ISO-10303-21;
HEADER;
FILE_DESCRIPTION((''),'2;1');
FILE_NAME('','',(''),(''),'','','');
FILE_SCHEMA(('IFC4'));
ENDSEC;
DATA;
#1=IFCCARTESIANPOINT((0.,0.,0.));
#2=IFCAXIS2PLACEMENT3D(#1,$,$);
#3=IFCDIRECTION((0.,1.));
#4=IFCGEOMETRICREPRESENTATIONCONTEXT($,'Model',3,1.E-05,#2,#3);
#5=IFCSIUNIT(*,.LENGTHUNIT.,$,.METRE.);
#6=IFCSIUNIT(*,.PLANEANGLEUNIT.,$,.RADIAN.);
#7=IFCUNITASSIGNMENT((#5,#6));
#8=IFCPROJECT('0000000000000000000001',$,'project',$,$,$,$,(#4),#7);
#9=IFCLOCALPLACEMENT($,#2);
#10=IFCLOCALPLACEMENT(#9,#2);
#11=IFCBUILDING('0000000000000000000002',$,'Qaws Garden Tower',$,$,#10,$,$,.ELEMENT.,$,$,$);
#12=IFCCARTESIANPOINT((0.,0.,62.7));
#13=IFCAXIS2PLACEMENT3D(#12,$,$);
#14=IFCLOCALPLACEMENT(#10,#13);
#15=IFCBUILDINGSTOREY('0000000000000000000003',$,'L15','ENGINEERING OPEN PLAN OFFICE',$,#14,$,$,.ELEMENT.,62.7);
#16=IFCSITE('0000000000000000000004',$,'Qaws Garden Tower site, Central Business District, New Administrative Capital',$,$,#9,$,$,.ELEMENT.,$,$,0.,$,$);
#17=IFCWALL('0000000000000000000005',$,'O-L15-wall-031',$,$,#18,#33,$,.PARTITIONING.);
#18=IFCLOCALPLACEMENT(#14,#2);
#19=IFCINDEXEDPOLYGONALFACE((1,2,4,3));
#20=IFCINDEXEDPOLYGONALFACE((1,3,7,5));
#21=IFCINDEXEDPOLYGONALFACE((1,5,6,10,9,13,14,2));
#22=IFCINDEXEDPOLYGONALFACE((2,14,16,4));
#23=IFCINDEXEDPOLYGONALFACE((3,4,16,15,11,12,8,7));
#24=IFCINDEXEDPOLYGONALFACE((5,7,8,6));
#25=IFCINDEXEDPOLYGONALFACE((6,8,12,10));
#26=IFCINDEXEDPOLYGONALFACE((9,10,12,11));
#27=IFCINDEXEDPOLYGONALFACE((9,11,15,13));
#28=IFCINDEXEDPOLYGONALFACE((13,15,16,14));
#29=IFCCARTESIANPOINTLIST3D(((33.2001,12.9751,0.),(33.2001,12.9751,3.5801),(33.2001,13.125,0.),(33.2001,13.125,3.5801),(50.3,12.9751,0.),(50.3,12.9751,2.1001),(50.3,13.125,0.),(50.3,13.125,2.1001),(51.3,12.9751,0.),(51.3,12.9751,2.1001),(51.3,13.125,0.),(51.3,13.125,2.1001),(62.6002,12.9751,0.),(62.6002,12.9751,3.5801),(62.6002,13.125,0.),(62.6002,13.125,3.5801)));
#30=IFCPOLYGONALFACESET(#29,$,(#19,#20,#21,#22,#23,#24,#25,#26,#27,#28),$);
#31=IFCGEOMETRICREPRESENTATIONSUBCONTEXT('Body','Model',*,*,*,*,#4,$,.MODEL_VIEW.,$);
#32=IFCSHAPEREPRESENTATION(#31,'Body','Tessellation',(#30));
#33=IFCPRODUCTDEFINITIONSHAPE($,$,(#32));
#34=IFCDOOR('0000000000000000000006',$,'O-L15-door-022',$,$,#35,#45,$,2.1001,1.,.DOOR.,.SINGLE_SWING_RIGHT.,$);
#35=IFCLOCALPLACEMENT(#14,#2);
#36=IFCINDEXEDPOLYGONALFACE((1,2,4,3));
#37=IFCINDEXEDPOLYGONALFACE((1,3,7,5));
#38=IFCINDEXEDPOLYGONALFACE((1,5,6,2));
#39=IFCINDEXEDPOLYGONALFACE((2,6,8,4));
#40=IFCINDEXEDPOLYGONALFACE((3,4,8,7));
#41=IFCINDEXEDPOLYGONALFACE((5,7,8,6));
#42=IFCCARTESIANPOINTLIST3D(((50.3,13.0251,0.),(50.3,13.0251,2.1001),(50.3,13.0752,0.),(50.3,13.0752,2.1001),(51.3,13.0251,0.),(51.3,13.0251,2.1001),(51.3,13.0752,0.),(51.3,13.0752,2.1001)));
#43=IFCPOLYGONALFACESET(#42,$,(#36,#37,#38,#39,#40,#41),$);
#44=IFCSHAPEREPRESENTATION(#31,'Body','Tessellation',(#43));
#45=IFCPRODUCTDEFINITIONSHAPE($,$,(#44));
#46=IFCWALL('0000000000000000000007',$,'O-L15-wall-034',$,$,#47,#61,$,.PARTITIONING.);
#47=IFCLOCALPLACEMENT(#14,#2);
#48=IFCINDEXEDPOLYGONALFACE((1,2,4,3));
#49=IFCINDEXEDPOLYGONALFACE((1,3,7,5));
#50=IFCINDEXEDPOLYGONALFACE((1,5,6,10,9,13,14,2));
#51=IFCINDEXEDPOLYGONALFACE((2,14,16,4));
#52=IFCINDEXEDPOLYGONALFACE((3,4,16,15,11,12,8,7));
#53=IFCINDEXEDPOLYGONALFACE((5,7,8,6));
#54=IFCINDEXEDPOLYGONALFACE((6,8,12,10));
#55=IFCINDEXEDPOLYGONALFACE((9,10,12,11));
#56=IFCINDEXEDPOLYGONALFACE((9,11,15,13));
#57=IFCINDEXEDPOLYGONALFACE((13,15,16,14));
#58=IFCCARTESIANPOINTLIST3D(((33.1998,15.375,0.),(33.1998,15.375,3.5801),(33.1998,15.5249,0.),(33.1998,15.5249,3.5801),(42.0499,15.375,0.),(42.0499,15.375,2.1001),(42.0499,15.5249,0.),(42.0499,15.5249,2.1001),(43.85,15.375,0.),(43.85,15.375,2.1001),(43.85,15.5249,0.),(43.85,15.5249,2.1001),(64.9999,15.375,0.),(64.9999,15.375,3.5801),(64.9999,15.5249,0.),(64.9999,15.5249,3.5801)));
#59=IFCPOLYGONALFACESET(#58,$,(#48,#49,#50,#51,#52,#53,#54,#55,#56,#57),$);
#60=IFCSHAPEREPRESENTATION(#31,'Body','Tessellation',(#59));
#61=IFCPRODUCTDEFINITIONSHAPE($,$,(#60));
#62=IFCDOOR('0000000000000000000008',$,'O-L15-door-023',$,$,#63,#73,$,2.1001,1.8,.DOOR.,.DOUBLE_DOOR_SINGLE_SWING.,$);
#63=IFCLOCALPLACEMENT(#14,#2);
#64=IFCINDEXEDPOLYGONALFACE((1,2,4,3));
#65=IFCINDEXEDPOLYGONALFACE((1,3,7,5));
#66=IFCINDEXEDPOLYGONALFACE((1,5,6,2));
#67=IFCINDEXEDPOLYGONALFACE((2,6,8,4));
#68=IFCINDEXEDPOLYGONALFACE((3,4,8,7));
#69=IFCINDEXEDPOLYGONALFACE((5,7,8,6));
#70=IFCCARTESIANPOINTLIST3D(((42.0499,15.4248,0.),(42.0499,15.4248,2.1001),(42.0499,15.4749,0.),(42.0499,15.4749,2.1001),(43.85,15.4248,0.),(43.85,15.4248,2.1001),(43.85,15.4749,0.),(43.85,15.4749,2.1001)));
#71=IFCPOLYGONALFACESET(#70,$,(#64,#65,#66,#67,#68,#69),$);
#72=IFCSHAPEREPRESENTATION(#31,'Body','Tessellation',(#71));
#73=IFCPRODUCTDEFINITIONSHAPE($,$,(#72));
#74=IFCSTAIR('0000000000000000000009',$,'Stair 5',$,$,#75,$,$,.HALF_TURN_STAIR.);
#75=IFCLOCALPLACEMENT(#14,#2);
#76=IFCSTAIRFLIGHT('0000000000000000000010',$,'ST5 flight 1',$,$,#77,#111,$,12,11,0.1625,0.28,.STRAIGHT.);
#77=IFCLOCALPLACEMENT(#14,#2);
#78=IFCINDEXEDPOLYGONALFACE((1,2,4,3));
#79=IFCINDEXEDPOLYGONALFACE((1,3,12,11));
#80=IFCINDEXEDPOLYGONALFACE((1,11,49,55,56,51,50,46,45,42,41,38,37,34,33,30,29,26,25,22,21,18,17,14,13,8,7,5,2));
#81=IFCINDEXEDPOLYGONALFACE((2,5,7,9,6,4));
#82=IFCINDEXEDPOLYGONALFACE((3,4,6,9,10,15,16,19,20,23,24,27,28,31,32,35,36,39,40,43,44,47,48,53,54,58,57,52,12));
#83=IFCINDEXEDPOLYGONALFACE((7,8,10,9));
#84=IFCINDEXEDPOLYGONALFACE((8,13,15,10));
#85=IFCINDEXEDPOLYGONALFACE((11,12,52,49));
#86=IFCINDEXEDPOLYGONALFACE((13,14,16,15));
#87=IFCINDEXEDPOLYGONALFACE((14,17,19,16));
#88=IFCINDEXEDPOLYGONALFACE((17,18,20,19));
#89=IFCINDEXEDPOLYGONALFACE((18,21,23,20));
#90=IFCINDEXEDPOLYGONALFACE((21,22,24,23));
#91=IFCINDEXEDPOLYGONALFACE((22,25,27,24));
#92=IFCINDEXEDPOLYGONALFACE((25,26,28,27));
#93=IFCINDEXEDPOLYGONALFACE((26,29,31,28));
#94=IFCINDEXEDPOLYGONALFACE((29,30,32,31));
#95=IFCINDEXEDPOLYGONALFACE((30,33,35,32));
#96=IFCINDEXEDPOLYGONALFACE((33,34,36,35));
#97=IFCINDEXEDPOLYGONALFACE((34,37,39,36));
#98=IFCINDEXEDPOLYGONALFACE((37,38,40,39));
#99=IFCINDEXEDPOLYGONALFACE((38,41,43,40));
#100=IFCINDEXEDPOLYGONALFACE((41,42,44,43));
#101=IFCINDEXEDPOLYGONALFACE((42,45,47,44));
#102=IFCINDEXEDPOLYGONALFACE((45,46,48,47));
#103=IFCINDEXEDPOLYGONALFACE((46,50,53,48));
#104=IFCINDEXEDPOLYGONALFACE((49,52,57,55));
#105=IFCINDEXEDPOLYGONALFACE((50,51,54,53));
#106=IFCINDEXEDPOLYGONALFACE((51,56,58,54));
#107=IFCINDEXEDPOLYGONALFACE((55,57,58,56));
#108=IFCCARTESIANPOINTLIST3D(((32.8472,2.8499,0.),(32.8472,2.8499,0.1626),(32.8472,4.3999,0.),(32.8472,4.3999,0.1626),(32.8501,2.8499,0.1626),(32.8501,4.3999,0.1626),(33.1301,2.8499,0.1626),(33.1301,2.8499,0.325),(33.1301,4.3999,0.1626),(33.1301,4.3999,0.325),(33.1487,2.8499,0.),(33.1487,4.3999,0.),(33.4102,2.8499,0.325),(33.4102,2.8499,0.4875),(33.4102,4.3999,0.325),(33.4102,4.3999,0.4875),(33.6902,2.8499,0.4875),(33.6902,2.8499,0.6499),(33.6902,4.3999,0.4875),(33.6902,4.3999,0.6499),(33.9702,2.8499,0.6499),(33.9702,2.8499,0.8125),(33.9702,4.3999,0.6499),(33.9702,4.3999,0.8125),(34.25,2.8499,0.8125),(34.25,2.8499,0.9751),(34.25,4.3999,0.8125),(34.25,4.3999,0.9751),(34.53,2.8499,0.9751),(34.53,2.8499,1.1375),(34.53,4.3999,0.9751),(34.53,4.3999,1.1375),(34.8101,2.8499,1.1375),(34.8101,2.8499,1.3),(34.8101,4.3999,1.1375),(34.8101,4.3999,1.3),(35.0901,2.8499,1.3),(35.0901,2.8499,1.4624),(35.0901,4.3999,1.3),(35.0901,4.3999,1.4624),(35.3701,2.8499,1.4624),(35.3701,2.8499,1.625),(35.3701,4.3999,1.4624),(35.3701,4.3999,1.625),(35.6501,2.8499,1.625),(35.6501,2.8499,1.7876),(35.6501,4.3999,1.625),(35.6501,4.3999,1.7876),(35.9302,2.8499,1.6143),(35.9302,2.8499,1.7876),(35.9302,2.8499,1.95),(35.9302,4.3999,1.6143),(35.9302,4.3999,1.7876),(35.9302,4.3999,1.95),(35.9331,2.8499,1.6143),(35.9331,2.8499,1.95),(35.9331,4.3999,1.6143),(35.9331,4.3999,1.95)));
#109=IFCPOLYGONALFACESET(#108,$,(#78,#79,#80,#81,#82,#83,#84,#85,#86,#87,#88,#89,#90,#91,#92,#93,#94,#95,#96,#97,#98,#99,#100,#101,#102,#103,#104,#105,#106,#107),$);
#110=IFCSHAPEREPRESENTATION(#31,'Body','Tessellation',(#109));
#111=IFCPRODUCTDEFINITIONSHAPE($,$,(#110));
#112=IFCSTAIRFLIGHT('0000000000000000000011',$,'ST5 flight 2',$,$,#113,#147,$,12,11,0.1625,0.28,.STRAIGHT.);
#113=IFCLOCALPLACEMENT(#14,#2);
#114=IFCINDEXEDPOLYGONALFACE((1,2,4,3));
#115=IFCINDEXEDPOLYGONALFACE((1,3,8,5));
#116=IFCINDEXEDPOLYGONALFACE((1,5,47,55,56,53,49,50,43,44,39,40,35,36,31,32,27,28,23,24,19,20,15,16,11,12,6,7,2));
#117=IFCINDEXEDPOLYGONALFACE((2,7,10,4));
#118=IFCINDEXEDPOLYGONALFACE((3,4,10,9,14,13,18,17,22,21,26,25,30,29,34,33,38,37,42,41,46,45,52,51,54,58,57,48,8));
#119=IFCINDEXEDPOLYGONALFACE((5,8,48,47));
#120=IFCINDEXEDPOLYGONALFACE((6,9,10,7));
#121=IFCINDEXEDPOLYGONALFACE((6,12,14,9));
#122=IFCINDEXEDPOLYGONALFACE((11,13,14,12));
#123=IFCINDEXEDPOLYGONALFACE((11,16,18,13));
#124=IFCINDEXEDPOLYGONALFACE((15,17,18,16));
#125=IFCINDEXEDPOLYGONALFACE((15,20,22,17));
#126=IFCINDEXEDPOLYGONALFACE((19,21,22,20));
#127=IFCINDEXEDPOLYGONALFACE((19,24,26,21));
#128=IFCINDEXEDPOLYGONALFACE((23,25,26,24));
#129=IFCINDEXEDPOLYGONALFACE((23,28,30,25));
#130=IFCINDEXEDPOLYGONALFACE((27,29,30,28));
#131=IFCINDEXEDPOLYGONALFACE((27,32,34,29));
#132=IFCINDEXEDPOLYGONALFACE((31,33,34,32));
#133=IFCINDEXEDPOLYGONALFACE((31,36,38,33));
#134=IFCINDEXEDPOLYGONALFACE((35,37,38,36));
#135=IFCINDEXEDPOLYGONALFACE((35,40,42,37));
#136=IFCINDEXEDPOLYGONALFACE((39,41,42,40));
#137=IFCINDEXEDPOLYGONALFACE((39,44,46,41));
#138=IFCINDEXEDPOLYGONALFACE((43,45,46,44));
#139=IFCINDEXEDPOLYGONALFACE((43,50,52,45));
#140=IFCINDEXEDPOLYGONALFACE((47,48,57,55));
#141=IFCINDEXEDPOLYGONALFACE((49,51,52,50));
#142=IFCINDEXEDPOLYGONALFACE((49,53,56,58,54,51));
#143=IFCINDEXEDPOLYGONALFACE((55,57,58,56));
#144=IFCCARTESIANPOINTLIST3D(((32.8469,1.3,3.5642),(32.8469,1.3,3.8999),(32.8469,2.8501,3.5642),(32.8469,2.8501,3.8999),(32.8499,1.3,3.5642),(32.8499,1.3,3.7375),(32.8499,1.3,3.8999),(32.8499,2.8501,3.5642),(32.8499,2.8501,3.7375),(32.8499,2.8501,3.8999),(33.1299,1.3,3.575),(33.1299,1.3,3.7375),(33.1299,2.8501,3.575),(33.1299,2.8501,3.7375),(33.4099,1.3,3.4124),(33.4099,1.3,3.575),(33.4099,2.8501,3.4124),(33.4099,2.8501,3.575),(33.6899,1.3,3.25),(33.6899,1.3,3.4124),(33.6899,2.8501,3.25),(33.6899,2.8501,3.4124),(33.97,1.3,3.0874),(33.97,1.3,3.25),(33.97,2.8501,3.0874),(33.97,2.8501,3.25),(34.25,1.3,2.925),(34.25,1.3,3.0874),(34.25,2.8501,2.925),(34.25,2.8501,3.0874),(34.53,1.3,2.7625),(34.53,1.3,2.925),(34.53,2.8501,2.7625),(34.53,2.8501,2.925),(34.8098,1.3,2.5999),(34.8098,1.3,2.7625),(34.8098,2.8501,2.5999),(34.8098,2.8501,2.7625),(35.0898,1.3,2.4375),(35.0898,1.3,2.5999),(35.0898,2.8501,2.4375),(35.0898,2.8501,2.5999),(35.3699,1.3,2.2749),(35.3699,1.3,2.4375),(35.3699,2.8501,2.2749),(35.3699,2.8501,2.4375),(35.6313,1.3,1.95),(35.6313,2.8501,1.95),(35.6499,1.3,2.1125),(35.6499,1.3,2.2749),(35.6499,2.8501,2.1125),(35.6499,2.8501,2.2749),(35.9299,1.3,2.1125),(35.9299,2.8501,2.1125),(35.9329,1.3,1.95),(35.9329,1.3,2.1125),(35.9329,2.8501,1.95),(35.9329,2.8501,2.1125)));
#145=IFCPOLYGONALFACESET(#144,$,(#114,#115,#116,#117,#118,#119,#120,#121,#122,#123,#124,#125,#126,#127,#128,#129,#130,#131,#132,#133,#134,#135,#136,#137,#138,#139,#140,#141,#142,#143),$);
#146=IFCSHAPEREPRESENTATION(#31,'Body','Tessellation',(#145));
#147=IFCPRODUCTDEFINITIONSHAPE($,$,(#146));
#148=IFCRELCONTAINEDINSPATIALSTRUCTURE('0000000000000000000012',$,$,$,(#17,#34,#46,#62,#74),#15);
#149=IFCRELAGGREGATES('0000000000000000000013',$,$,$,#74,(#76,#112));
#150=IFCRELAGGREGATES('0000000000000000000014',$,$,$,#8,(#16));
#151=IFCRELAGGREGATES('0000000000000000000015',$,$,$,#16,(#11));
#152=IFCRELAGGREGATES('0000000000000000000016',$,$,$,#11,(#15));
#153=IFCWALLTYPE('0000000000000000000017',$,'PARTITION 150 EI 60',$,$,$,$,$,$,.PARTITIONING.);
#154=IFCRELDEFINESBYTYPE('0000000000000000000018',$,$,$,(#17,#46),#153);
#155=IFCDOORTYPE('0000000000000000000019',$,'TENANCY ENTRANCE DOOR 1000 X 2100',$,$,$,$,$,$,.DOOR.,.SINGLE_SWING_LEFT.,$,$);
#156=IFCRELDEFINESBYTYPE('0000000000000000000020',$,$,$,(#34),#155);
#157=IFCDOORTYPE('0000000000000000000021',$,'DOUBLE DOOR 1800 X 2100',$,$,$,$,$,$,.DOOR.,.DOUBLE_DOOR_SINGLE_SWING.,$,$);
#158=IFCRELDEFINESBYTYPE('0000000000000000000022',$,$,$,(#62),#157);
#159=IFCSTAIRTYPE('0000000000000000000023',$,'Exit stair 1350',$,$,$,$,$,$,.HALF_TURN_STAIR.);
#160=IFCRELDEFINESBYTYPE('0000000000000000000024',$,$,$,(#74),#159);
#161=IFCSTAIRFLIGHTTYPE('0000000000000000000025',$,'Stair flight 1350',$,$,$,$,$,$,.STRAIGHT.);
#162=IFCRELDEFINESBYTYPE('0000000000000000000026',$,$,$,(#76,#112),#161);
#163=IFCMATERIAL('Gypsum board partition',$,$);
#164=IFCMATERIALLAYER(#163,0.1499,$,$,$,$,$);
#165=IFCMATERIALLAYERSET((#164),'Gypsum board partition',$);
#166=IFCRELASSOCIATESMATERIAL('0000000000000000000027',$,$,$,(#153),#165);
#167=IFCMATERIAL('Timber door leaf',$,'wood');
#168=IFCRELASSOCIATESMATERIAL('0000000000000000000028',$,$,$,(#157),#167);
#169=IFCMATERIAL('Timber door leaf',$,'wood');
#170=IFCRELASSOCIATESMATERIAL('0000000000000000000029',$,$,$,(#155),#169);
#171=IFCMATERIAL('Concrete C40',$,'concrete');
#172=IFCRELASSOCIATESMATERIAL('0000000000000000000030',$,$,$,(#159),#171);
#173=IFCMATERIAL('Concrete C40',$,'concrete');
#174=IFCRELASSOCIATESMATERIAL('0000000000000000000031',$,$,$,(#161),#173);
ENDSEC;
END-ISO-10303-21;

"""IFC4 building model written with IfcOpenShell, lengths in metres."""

from ifc_helpers import new_model, si_unit, direction, frame, frame_2d, origin, place, context, subcontext, project, spatial, polyline, rectangle, outline, extrude, material, layer, layer_set, type_object, element, fill, aggregate, save


model = new_model("IFC4")

# Units and contexts
model_context = context("Model", 3, precision=1e-05, world=origin(), true_north=direction((0.0, 1.0)))
body_context = subcontext(model_context, "Body", "Model", "MODEL_VIEW")
ifc_project = project(units=[si_unit("LENGTHUNIT", "METRE"), si_unit("PLANEANGLEUNIT", "RADIAN")], contexts=[model_context])

# Site, building, storey
site_placement = place(None, origin())
site = spatial("IfcSite", under=ifc_project, at=site_placement, Name="Qaws Garden Tower site, Central Business District, New Administrative Capital", CompositionType="ELEMENT", RefElevation=0.0)
building_placement = place(site_placement, origin())
building = spatial("IfcBuilding", under=site, at=building_placement, Name="Qaws Garden Tower", CompositionType="ELEMENT")
storey_placement = place(building_placement, frame((0.0, 0.0, 62.7)))
storey = spatial("IfcBuildingStorey", under=building, at=storey_placement, Name="L15", Description="ENGINEERING OPEN PLAN OFFICE", CompositionType="ELEMENT", Elevation=62.7)

# Shared definitions
ifc_material_1 = material(Name="Gypsum board partition")
ifc_layer_1 = layer(ifc_material_1, 0.1499)
ifc_layer_set_1 = layer_set([ifc_layer_1], Name="Gypsum board partition")
wall_type_1 = type_object("IfcWallType", Name="PARTITION 150 EI 60", PredefinedType="PARTITIONING", material=ifc_layer_set_1)

# Shared definitions
ifc_material_2 = material(Name="Timber door leaf", Category="wood")
door_type_1 = type_object("IfcDoorType", Name="DOUBLE DOOR 1800 X 2100", OperationType="DOUBLE_DOOR_SINGLE_SWING", PredefinedType="DOOR", material=ifc_material_2)

# Walls, openings, doors
wall_1_placement = place(storey_placement, frame((33.2, 13.05, 0.0), z_axis=(0.0, 0.0, 1.0), x_axis=(1.0, 0.0, 0.0)))
wall_1 = element("IfcWall", 1, at=wall_1_placement, inside=storey, type_object=wall_type_1, Name="O-L15-wall-031", PredefinedType="PARTITIONING", context=body_context, shape_type="SweptSolid", body=[
    extrude(rectangle(XDim=29.4001, YDim=0.1499, at=frame_2d((14.7002, 0.0))), origin(), (0.0, 0.0, 1.0), 3.5801),
])
opening_1_placement = place(wall_1_placement, frame((17.1001, 0.0, 0.0)))
opening_1 = element("IfcOpeningElement", 2, at=opening_1_placement, cuts=wall_1, PredefinedType="OPENING", context=body_context, shape_type="SweptSolid", body=[
    extrude(rectangle(XDim=1.0, YDim=2.1001, at=frame_2d((0.5, 1.05))), frame((0.0, 0.085, 0.0), z_axis=(0.0, -1.0, 0.0), x_axis=(1.0, 0.0, 0.0)), (0.0, 0.0, 1.0), 0.1699),
])
ifc_material_3 = material(Name="Timber door leaf", Category="wood")
door_type_2 = type_object("IfcDoorType", Name="TENANCY ENTRANCE DOOR 1000 X 2100", OperationType="SINGLE_SWING_LEFT", PredefinedType="DOOR", material=ifc_material_3)
door_1_placement = place(opening_1_placement, frame((1.0, 0.0, 0.0), z_axis=(0.0, 0.0, 1.0), x_axis=(-1.0, 0.0, 0.0)))
door_1 = element("IfcDoor", 3, at=door_1_placement, inside=storey, type_object=door_type_2, Name="O-L15-door-022", OperationType="SINGLE_SWING_RIGHT", OverallHeight=2.1001, OverallWidth=1.0, PredefinedType="DOOR", context=body_context, shape_type="SweptSolid", body=[
    extrude(rectangle(XDim=1.0, YDim=2.1001, at=frame_2d((0.5, 1.05))), frame((0.0, 0.0249, 0.0), z_axis=(0.0, -1.0, 0.0), x_axis=(1.0, 0.0, 0.0)), (0.0, 0.0, 1.0), 0.05),
])
fill(opening_1, door_1)
wall_2_placement = place(storey_placement, frame((33.2, 15.45, 0.0), z_axis=(0.0, 0.0, 1.0), x_axis=(1.0, 0.0, 0.0)))
wall_2 = element("IfcWall", 4, at=wall_2_placement, inside=storey, type_object=wall_type_1, Name="O-L15-wall-034", PredefinedType="PARTITIONING", context=body_context, shape_type="SweptSolid", body=[
    extrude(rectangle(XDim=31.8, YDim=0.1499, at=frame_2d((15.8999, 0.0))), origin(), (0.0, 0.0, 1.0), 3.5801),
])
opening_2_placement = place(wall_2_placement, frame((8.8501, 0.0, 0.0)))
opening_2 = element("IfcOpeningElement", 5, at=opening_2_placement, cuts=wall_2, PredefinedType="OPENING", context=body_context, shape_type="SweptSolid", body=[
    extrude(rectangle(XDim=1.8, YDim=2.1001, at=frame_2d((0.8999, 1.05))), frame((0.0, 0.085, 0.0), z_axis=(0.0, -1.0, 0.0), x_axis=(1.0, 0.0, 0.0)), (0.0, 0.0, 1.0), 0.1699),
])
door_2_placement = place(opening_2_placement, origin())
door_2 = element("IfcDoor", 6, at=door_2_placement, inside=storey, type_object=door_type_1, Name="O-L15-door-023", OperationType="DOUBLE_DOOR_SINGLE_SWING", OverallHeight=2.1001, OverallWidth=1.8, PredefinedType="DOOR", context=body_context, shape_type="SweptSolid", body=[
    extrude(rectangle(XDim=1.8, YDim=2.1001, at=frame_2d((0.8999, 1.05))), frame((0.0, 0.0249, 0.0), z_axis=(0.0, -1.0, 0.0), x_axis=(1.0, 0.0, 0.0)), (0.0, 0.0, 1.0), 0.05),
])
fill(opening_2, door_2)

# Stair, stair flights
ifc_material_4 = material(Name="Concrete C40", Category="concrete")
stair_type = type_object("IfcStairType", Name="Exit stair 1350", PredefinedType="HALF_TURN_STAIR", material=ifc_material_4)
stair_placement = place(storey_placement, origin())
stair = element("IfcStair", 7, at=stair_placement, inside=storey, type_object=stair_type, Name="Stair 5", PredefinedType="HALF_TURN_STAIR")
ifc_material_5 = material(Name="Concrete C40", Category="concrete")
stair_flight_type = type_object("IfcStairFlightType", Name="Stair flight 1350", PredefinedType="STRAIGHT", material=ifc_material_5)
stair_flight_1_placement = place(storey_placement, frame((32.8501, 3.625, 0.0), z_axis=(0.0, 0.0, 1.0), x_axis=(1.0, 0.0, 0.0)))
stair_flight_1 = element("IfcStairFlight", 8, at=stair_flight_1_placement, type_object=stair_flight_type, Name="ST5 flight 1", NumberOfRisers=12, NumberOfTreads=11, PredefinedType="STRAIGHT", RiserHeight=0.1625, TreadLength=0.28, context=body_context, shape_type="SweptSolid", body=[
    extrude(outline(polyline([(-0.0029, 0.0), (-0.0029, 0.1626), (0.0, 0.1626), (0.28, 0.1626), (0.28, 0.325), (0.5601, 0.325), (0.5601, 0.4875), (0.8401, 0.4875), (0.8401, 0.6499), (1.1201, 0.6499), (1.1201, 0.8125), (1.3999, 0.8125), (1.3999, 0.9751), (1.6799, 0.9751), (1.6799, 1.1375), (1.96, 1.1375), (1.96, 1.3), (2.24, 1.3), (2.24, 1.4624), (2.52, 1.4624), (2.52, 1.625), (2.8, 1.625), (2.8, 1.7876), (3.0801, 1.7876), (3.0801, 1.95), (3.083, 1.95), (3.083, 1.6143), (3.0801, 1.6143), (0.2986, 0.0), (-0.0029, 0.0)])), frame((0.0, 0.7749, 0.0), z_axis=(0.0, -1.0, 0.0), x_axis=(1.0, 0.0, 0.0)), (0.0, 0.0, 1.0), 1.55),
])
stair_flight_2_placement = place(storey_placement, frame((35.9299, 2.075, 1.95), z_axis=(0.0, 0.0, 1.0), x_axis=(-1.0, 0.0, 0.0)))
stair_flight_2 = element("IfcStairFlight", 9, at=stair_flight_2_placement, type_object=stair_flight_type, Name="ST5 flight 2", NumberOfRisers=12, NumberOfTreads=11, PredefinedType="STRAIGHT", RiserHeight=0.1625, TreadLength=0.28, context=body_context, shape_type="SweptSolid", body=[
    extrude(outline(polyline([(-0.0029, 0.0), (-0.0029, 0.1626), (0.0, 0.1626), (0.28, 0.1626), (0.28, 0.325), (0.5601, 0.325), (0.5601, 0.4875), (0.8401, 0.4875), (0.8401, 0.6499), (1.1201, 0.6499), (1.1201, 0.8125), (1.3999, 0.8125), (1.3999, 0.9751), (1.6799, 0.9751), (1.6799, 1.1375), (1.96, 1.1375), (1.96, 1.3), (2.24, 1.3), (2.24, 1.4624), (2.52, 1.4624), (2.52, 1.625), (2.8, 1.625), (2.8, 1.7876), (3.0801, 1.7876), (3.0801, 1.95), (3.083, 1.95), (3.083, 1.6143), (3.0801, 1.6143), (0.2986, 0.0), (-0.0029, 0.0)])), frame((0.0, 0.7749, 0.0), z_axis=(0.0, -1.0, 0.0), x_axis=(1.0, 0.0, 0.0)), (0.0, 0.0, 1.0), 1.55),
])
aggregate(stair, [stair_flight_1, stair_flight_2])

save(model, "model.ifc")
